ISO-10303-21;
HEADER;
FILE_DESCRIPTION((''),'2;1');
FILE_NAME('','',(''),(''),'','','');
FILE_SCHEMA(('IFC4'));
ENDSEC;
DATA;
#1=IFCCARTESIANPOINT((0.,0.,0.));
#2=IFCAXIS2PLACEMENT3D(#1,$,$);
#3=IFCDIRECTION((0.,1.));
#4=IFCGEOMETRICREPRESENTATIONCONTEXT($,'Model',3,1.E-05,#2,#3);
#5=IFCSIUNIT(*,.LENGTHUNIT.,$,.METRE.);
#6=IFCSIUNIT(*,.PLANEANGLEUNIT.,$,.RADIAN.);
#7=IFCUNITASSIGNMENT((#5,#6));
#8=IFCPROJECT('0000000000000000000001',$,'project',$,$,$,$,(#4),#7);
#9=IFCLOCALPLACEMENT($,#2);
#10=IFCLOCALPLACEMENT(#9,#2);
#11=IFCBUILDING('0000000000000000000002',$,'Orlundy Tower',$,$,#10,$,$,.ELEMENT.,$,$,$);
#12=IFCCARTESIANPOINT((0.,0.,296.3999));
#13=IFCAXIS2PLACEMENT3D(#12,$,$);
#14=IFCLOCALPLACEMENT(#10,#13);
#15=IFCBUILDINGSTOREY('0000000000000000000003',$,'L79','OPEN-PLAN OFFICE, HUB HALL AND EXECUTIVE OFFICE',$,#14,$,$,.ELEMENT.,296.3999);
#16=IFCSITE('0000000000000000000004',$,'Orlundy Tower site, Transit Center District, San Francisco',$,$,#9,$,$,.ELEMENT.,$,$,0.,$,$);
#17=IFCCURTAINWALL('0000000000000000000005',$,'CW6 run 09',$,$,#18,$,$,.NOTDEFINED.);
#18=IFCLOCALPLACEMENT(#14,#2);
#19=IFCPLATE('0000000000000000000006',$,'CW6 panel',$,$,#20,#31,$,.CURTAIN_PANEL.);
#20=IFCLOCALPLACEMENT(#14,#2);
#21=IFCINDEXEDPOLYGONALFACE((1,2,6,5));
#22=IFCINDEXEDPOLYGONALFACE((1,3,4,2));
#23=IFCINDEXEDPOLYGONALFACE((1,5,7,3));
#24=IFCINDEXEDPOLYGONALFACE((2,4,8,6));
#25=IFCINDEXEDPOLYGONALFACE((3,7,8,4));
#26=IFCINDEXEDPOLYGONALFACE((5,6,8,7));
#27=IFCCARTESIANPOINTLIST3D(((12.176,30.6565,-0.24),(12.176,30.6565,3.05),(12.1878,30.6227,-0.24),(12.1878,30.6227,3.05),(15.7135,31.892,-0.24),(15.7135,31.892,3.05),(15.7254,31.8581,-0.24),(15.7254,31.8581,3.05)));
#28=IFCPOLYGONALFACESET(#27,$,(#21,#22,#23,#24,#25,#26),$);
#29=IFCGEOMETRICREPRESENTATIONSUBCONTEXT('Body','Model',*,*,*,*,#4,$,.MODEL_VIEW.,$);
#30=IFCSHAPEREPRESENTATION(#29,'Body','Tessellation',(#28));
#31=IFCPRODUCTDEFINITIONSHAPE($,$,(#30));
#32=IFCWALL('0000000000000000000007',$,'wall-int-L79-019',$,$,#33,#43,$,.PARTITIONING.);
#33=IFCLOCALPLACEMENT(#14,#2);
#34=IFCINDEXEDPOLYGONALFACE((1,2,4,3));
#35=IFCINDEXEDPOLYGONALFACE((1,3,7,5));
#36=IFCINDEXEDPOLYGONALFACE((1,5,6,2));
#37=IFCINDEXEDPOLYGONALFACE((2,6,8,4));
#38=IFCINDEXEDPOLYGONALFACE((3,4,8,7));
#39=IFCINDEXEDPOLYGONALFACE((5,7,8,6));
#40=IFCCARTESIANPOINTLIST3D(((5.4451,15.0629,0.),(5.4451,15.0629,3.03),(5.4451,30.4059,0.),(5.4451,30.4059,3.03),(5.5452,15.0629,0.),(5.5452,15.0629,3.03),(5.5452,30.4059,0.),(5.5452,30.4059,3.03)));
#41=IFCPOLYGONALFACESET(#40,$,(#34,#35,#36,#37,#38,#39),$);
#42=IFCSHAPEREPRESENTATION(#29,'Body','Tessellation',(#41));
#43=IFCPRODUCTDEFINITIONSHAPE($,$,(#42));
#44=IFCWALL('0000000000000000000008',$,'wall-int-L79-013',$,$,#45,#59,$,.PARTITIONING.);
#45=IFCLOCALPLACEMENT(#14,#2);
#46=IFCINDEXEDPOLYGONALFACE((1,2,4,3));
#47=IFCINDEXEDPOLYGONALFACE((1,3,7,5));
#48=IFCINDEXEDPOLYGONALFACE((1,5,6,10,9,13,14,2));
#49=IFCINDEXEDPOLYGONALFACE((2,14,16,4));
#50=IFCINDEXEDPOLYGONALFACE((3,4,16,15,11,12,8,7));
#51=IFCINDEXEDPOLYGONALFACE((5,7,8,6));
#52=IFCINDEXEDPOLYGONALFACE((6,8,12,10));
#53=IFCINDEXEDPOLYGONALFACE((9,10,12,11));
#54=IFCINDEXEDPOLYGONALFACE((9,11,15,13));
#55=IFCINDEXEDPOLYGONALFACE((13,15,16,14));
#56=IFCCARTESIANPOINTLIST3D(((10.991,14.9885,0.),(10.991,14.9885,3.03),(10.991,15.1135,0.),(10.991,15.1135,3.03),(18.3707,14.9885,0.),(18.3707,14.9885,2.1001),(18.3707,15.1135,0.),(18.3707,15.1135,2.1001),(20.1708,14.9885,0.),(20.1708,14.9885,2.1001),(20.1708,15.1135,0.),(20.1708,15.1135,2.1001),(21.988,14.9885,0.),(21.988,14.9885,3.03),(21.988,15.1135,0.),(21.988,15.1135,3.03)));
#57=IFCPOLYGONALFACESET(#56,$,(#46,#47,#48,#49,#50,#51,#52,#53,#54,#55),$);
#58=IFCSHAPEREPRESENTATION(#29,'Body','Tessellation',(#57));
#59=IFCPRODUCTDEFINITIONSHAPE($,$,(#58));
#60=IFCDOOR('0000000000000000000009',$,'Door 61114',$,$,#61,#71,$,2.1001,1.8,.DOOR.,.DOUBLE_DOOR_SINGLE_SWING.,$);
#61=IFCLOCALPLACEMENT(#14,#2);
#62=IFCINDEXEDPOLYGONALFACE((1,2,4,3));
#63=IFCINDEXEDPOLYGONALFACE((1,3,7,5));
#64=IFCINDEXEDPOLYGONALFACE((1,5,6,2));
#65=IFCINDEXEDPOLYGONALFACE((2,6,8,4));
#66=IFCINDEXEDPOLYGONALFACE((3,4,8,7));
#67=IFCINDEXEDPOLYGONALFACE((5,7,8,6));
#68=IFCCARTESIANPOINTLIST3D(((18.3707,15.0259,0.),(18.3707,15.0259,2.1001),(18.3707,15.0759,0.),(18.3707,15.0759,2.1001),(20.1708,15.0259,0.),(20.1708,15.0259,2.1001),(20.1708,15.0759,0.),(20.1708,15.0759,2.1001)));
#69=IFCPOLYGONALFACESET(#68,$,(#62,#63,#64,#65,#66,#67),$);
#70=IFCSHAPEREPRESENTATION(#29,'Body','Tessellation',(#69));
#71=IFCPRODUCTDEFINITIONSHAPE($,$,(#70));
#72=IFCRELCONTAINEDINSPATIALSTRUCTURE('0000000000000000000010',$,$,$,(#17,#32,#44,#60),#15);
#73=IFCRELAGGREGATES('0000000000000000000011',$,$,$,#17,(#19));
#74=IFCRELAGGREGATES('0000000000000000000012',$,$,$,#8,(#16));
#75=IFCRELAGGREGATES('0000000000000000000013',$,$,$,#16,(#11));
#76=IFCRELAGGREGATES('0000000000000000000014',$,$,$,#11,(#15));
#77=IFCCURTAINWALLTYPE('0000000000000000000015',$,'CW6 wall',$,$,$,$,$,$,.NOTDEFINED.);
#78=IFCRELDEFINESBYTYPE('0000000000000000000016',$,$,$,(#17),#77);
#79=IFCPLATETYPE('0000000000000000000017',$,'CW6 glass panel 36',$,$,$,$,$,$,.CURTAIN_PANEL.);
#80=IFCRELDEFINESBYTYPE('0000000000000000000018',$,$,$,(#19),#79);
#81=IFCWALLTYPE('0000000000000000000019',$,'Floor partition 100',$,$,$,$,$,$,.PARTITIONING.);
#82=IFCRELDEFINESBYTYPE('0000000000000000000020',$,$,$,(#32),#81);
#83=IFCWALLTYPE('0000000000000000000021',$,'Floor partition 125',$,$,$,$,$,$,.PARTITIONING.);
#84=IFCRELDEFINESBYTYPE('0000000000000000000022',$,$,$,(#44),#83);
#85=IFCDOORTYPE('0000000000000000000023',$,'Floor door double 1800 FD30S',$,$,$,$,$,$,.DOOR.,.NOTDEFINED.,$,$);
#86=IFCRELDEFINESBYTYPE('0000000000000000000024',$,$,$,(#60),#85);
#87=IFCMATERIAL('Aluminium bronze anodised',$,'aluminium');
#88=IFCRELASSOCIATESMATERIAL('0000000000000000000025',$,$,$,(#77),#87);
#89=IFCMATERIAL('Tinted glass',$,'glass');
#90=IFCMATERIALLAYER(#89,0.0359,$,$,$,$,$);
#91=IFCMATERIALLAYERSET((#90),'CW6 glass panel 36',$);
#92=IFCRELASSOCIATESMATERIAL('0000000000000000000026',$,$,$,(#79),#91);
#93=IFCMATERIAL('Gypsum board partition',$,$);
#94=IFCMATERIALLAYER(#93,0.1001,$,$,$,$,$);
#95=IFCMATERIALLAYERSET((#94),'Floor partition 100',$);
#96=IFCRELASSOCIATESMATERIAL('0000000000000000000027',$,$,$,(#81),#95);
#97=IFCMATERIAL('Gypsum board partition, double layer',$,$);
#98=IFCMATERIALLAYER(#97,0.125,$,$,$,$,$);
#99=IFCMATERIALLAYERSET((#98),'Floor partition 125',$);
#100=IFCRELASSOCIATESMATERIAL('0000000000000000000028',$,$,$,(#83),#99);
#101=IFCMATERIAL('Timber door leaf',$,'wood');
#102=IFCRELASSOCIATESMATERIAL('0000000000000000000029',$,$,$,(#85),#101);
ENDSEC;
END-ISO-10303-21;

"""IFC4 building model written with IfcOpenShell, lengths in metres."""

from ifc_helpers import new_model, si_unit, direction, frame, frame_2d, origin, origin_2d, place, context, subcontext, project, spatial, rectangle, extrude, material, layer, layer_set, type_object, element, fill, aggregate, save


model = new_model("IFC4")

# Units and contexts
model_context = context("Model", 3, precision=1e-05, world=origin(), true_north=direction((0.0, 1.0)))
body_context = subcontext(model_context, "Body", "Model", "MODEL_VIEW")
ifc_project = project(units=[si_unit("LENGTHUNIT", "METRE"), si_unit("PLANEANGLEUNIT", "RADIAN")], contexts=[model_context])

# Site, building, storey
site_placement = place(None, origin())
site = spatial("IfcSite", under=ifc_project, at=site_placement, Name="Orlundy Tower site, Transit Center District, San Francisco", CompositionType="ELEMENT", RefElevation=0.0)
building_placement = place(site_placement, origin())
building = spatial("IfcBuilding", under=site, at=building_placement, Name="Orlundy Tower", CompositionType="ELEMENT")
storey_placement = place(building_placement, frame((0.0, 0.0, 296.3999)))
storey = spatial("IfcBuildingStorey", under=building, at=storey_placement, Name="L79", Description="OPEN-PLAN OFFICE, HUB HALL AND EXECUTIVE OFFICE", CompositionType="ELEMENT", Elevation=296.3999)

# Curtain wall
ifc_material_1 = material(Name="Aluminium bronze anodised", Category="aluminium")
curtain_wall_type = type_object("IfcCurtainWallType", Name="CW6 wall", PredefinedType="NOTDEFINED", material=ifc_material_1)
curtain_wall_1_placement = place(storey_placement, origin())
curtain_wall_1 = element("IfcCurtainWall", 1, at=curtain_wall_1_placement, inside=storey, type_object=curtain_wall_type, Name="CW6 run 09", PredefinedType="NOTDEFINED")

# Plate
ifc_material_2 = material(Name="Tinted glass", Category="glass")
ifc_layer_1 = layer(ifc_material_2, 0.0359)
ifc_layer_set_1 = layer_set([ifc_layer_1], Name="CW6 glass panel 36")
plate_type = type_object("IfcPlateType", Name="CW6 glass panel 36", PredefinedType="CURTAIN_PANEL", material=ifc_layer_set_1)
plate_1_placement = place(storey_placement, frame((13.9507, 31.2573, -0.24), z_axis=(0.0, 0.0, 1.0), x_axis=(0.944081, 0.329713, 0.0)))
plate_1 = element("IfcPlate", 2, at=plate_1_placement, type_object=plate_type, Name="CW6 panel", PredefinedType="CURTAIN_PANEL", context=body_context, shape_type="SweptSolid", body=[
    extrude(rectangle(XDim=3.7471, YDim=0.0359, at=origin_2d()), origin(), (0.0, 0.0, 1.0), 3.29),
])
aggregate(curtain_wall_1, [plate_1])

# Wall
ifc_material_3 = material(Name="Gypsum board partition")
ifc_layer_2 = layer(ifc_material_3, 0.1001)
ifc_layer_set_2 = layer_set([ifc_layer_2], Name="Floor partition 100")
wall_type_1 = type_object("IfcWallType", Name="Floor partition 100", PredefinedType="PARTITIONING", material=ifc_layer_set_2)
wall_1_placement = place(storey_placement, frame((5.4951, 15.063, 0.0), z_axis=(0.0, 0.0, 1.0), x_axis=(0.0, 1.0, 0.0)))
element("IfcWall", 3, at=wall_1_placement, inside=storey, type_object=wall_type_1, Name="wall-int-L79-019", PredefinedType="PARTITIONING", context=body_context, shape_type="SweptSolid", body=[
    extrude(rectangle(XDim=15.343, YDim=0.1001, at=frame_2d((7.6714, 0.0))), origin(), (0.0, 0.0, 1.0), 3.03),
])

# Wall, opening, door
ifc_material_4 = material(Name="Gypsum board partition, double layer")
ifc_layer_3 = layer(ifc_material_4, 0.125)
ifc_layer_set_3 = layer_set([ifc_layer_3], Name="Floor partition 125")
wall_type_2 = type_object("IfcWallType", Name="Floor partition 125", PredefinedType="PARTITIONING", material=ifc_layer_set_3)
wall_2_placement = place(storey_placement, frame((10.991, 15.051, 0.0), z_axis=(0.0, 0.0, 1.0), x_axis=(1.0, 0.0, 0.0)))
wall_2 = element("IfcWall", 4, at=wall_2_placement, inside=storey, type_object=wall_type_2, Name="wall-int-L79-013", PredefinedType="PARTITIONING", context=body_context, shape_type="SweptSolid", body=[
    extrude(rectangle(XDim=10.9971, YDim=0.125, at=frame_2d((5.4985, 0.0))), origin(), (0.0, 0.0, 1.0), 3.03),
])
opening_placement = place(wall_2_placement, frame((7.3799, 0.0, 0.0)))
opening = element("IfcOpeningElement", 5, at=opening_placement, cuts=wall_2, PredefinedType="OPENING", context=body_context, shape_type="SweptSolid", body=[
    extrude(rectangle(XDim=1.8, YDim=2.1001, at=frame_2d((0.8999, 1.05))), frame((0.0, 0.0725, 0.0), z_axis=(0.0, -1.0, 0.0), x_axis=(1.0, 0.0, 0.0)), (0.0, 0.0, 1.0), 0.145),
])
ifc_material_5 = material(Name="Timber door leaf", Category="wood")
door_type = type_object("IfcDoorType", Name="Floor door double 1800 FD30S", OperationType="NOTDEFINED", PredefinedType="DOOR", material=ifc_material_5)
door_placement = place(opening_placement, origin())
door = element("IfcDoor", 6, at=door_placement, inside=storey, type_object=door_type, Name="Door 61114", OperationType="DOUBLE_DOOR_SINGLE_SWING", OverallHeight=2.1001, OverallWidth=1.8, PredefinedType="DOOR", context=body_context, shape_type="SweptSolid", body=[
    extrude(rectangle(XDim=1.8, YDim=2.1001, at=frame_2d((0.8999, 1.05))), frame((0.0, 0.0249, 0.0), z_axis=(0.0, -1.0, 0.0), x_axis=(1.0, 0.0, 0.0)), (0.0, 0.0, 1.0), 0.05),
])
fill(opening, door)

save(model, "model.ifc")
